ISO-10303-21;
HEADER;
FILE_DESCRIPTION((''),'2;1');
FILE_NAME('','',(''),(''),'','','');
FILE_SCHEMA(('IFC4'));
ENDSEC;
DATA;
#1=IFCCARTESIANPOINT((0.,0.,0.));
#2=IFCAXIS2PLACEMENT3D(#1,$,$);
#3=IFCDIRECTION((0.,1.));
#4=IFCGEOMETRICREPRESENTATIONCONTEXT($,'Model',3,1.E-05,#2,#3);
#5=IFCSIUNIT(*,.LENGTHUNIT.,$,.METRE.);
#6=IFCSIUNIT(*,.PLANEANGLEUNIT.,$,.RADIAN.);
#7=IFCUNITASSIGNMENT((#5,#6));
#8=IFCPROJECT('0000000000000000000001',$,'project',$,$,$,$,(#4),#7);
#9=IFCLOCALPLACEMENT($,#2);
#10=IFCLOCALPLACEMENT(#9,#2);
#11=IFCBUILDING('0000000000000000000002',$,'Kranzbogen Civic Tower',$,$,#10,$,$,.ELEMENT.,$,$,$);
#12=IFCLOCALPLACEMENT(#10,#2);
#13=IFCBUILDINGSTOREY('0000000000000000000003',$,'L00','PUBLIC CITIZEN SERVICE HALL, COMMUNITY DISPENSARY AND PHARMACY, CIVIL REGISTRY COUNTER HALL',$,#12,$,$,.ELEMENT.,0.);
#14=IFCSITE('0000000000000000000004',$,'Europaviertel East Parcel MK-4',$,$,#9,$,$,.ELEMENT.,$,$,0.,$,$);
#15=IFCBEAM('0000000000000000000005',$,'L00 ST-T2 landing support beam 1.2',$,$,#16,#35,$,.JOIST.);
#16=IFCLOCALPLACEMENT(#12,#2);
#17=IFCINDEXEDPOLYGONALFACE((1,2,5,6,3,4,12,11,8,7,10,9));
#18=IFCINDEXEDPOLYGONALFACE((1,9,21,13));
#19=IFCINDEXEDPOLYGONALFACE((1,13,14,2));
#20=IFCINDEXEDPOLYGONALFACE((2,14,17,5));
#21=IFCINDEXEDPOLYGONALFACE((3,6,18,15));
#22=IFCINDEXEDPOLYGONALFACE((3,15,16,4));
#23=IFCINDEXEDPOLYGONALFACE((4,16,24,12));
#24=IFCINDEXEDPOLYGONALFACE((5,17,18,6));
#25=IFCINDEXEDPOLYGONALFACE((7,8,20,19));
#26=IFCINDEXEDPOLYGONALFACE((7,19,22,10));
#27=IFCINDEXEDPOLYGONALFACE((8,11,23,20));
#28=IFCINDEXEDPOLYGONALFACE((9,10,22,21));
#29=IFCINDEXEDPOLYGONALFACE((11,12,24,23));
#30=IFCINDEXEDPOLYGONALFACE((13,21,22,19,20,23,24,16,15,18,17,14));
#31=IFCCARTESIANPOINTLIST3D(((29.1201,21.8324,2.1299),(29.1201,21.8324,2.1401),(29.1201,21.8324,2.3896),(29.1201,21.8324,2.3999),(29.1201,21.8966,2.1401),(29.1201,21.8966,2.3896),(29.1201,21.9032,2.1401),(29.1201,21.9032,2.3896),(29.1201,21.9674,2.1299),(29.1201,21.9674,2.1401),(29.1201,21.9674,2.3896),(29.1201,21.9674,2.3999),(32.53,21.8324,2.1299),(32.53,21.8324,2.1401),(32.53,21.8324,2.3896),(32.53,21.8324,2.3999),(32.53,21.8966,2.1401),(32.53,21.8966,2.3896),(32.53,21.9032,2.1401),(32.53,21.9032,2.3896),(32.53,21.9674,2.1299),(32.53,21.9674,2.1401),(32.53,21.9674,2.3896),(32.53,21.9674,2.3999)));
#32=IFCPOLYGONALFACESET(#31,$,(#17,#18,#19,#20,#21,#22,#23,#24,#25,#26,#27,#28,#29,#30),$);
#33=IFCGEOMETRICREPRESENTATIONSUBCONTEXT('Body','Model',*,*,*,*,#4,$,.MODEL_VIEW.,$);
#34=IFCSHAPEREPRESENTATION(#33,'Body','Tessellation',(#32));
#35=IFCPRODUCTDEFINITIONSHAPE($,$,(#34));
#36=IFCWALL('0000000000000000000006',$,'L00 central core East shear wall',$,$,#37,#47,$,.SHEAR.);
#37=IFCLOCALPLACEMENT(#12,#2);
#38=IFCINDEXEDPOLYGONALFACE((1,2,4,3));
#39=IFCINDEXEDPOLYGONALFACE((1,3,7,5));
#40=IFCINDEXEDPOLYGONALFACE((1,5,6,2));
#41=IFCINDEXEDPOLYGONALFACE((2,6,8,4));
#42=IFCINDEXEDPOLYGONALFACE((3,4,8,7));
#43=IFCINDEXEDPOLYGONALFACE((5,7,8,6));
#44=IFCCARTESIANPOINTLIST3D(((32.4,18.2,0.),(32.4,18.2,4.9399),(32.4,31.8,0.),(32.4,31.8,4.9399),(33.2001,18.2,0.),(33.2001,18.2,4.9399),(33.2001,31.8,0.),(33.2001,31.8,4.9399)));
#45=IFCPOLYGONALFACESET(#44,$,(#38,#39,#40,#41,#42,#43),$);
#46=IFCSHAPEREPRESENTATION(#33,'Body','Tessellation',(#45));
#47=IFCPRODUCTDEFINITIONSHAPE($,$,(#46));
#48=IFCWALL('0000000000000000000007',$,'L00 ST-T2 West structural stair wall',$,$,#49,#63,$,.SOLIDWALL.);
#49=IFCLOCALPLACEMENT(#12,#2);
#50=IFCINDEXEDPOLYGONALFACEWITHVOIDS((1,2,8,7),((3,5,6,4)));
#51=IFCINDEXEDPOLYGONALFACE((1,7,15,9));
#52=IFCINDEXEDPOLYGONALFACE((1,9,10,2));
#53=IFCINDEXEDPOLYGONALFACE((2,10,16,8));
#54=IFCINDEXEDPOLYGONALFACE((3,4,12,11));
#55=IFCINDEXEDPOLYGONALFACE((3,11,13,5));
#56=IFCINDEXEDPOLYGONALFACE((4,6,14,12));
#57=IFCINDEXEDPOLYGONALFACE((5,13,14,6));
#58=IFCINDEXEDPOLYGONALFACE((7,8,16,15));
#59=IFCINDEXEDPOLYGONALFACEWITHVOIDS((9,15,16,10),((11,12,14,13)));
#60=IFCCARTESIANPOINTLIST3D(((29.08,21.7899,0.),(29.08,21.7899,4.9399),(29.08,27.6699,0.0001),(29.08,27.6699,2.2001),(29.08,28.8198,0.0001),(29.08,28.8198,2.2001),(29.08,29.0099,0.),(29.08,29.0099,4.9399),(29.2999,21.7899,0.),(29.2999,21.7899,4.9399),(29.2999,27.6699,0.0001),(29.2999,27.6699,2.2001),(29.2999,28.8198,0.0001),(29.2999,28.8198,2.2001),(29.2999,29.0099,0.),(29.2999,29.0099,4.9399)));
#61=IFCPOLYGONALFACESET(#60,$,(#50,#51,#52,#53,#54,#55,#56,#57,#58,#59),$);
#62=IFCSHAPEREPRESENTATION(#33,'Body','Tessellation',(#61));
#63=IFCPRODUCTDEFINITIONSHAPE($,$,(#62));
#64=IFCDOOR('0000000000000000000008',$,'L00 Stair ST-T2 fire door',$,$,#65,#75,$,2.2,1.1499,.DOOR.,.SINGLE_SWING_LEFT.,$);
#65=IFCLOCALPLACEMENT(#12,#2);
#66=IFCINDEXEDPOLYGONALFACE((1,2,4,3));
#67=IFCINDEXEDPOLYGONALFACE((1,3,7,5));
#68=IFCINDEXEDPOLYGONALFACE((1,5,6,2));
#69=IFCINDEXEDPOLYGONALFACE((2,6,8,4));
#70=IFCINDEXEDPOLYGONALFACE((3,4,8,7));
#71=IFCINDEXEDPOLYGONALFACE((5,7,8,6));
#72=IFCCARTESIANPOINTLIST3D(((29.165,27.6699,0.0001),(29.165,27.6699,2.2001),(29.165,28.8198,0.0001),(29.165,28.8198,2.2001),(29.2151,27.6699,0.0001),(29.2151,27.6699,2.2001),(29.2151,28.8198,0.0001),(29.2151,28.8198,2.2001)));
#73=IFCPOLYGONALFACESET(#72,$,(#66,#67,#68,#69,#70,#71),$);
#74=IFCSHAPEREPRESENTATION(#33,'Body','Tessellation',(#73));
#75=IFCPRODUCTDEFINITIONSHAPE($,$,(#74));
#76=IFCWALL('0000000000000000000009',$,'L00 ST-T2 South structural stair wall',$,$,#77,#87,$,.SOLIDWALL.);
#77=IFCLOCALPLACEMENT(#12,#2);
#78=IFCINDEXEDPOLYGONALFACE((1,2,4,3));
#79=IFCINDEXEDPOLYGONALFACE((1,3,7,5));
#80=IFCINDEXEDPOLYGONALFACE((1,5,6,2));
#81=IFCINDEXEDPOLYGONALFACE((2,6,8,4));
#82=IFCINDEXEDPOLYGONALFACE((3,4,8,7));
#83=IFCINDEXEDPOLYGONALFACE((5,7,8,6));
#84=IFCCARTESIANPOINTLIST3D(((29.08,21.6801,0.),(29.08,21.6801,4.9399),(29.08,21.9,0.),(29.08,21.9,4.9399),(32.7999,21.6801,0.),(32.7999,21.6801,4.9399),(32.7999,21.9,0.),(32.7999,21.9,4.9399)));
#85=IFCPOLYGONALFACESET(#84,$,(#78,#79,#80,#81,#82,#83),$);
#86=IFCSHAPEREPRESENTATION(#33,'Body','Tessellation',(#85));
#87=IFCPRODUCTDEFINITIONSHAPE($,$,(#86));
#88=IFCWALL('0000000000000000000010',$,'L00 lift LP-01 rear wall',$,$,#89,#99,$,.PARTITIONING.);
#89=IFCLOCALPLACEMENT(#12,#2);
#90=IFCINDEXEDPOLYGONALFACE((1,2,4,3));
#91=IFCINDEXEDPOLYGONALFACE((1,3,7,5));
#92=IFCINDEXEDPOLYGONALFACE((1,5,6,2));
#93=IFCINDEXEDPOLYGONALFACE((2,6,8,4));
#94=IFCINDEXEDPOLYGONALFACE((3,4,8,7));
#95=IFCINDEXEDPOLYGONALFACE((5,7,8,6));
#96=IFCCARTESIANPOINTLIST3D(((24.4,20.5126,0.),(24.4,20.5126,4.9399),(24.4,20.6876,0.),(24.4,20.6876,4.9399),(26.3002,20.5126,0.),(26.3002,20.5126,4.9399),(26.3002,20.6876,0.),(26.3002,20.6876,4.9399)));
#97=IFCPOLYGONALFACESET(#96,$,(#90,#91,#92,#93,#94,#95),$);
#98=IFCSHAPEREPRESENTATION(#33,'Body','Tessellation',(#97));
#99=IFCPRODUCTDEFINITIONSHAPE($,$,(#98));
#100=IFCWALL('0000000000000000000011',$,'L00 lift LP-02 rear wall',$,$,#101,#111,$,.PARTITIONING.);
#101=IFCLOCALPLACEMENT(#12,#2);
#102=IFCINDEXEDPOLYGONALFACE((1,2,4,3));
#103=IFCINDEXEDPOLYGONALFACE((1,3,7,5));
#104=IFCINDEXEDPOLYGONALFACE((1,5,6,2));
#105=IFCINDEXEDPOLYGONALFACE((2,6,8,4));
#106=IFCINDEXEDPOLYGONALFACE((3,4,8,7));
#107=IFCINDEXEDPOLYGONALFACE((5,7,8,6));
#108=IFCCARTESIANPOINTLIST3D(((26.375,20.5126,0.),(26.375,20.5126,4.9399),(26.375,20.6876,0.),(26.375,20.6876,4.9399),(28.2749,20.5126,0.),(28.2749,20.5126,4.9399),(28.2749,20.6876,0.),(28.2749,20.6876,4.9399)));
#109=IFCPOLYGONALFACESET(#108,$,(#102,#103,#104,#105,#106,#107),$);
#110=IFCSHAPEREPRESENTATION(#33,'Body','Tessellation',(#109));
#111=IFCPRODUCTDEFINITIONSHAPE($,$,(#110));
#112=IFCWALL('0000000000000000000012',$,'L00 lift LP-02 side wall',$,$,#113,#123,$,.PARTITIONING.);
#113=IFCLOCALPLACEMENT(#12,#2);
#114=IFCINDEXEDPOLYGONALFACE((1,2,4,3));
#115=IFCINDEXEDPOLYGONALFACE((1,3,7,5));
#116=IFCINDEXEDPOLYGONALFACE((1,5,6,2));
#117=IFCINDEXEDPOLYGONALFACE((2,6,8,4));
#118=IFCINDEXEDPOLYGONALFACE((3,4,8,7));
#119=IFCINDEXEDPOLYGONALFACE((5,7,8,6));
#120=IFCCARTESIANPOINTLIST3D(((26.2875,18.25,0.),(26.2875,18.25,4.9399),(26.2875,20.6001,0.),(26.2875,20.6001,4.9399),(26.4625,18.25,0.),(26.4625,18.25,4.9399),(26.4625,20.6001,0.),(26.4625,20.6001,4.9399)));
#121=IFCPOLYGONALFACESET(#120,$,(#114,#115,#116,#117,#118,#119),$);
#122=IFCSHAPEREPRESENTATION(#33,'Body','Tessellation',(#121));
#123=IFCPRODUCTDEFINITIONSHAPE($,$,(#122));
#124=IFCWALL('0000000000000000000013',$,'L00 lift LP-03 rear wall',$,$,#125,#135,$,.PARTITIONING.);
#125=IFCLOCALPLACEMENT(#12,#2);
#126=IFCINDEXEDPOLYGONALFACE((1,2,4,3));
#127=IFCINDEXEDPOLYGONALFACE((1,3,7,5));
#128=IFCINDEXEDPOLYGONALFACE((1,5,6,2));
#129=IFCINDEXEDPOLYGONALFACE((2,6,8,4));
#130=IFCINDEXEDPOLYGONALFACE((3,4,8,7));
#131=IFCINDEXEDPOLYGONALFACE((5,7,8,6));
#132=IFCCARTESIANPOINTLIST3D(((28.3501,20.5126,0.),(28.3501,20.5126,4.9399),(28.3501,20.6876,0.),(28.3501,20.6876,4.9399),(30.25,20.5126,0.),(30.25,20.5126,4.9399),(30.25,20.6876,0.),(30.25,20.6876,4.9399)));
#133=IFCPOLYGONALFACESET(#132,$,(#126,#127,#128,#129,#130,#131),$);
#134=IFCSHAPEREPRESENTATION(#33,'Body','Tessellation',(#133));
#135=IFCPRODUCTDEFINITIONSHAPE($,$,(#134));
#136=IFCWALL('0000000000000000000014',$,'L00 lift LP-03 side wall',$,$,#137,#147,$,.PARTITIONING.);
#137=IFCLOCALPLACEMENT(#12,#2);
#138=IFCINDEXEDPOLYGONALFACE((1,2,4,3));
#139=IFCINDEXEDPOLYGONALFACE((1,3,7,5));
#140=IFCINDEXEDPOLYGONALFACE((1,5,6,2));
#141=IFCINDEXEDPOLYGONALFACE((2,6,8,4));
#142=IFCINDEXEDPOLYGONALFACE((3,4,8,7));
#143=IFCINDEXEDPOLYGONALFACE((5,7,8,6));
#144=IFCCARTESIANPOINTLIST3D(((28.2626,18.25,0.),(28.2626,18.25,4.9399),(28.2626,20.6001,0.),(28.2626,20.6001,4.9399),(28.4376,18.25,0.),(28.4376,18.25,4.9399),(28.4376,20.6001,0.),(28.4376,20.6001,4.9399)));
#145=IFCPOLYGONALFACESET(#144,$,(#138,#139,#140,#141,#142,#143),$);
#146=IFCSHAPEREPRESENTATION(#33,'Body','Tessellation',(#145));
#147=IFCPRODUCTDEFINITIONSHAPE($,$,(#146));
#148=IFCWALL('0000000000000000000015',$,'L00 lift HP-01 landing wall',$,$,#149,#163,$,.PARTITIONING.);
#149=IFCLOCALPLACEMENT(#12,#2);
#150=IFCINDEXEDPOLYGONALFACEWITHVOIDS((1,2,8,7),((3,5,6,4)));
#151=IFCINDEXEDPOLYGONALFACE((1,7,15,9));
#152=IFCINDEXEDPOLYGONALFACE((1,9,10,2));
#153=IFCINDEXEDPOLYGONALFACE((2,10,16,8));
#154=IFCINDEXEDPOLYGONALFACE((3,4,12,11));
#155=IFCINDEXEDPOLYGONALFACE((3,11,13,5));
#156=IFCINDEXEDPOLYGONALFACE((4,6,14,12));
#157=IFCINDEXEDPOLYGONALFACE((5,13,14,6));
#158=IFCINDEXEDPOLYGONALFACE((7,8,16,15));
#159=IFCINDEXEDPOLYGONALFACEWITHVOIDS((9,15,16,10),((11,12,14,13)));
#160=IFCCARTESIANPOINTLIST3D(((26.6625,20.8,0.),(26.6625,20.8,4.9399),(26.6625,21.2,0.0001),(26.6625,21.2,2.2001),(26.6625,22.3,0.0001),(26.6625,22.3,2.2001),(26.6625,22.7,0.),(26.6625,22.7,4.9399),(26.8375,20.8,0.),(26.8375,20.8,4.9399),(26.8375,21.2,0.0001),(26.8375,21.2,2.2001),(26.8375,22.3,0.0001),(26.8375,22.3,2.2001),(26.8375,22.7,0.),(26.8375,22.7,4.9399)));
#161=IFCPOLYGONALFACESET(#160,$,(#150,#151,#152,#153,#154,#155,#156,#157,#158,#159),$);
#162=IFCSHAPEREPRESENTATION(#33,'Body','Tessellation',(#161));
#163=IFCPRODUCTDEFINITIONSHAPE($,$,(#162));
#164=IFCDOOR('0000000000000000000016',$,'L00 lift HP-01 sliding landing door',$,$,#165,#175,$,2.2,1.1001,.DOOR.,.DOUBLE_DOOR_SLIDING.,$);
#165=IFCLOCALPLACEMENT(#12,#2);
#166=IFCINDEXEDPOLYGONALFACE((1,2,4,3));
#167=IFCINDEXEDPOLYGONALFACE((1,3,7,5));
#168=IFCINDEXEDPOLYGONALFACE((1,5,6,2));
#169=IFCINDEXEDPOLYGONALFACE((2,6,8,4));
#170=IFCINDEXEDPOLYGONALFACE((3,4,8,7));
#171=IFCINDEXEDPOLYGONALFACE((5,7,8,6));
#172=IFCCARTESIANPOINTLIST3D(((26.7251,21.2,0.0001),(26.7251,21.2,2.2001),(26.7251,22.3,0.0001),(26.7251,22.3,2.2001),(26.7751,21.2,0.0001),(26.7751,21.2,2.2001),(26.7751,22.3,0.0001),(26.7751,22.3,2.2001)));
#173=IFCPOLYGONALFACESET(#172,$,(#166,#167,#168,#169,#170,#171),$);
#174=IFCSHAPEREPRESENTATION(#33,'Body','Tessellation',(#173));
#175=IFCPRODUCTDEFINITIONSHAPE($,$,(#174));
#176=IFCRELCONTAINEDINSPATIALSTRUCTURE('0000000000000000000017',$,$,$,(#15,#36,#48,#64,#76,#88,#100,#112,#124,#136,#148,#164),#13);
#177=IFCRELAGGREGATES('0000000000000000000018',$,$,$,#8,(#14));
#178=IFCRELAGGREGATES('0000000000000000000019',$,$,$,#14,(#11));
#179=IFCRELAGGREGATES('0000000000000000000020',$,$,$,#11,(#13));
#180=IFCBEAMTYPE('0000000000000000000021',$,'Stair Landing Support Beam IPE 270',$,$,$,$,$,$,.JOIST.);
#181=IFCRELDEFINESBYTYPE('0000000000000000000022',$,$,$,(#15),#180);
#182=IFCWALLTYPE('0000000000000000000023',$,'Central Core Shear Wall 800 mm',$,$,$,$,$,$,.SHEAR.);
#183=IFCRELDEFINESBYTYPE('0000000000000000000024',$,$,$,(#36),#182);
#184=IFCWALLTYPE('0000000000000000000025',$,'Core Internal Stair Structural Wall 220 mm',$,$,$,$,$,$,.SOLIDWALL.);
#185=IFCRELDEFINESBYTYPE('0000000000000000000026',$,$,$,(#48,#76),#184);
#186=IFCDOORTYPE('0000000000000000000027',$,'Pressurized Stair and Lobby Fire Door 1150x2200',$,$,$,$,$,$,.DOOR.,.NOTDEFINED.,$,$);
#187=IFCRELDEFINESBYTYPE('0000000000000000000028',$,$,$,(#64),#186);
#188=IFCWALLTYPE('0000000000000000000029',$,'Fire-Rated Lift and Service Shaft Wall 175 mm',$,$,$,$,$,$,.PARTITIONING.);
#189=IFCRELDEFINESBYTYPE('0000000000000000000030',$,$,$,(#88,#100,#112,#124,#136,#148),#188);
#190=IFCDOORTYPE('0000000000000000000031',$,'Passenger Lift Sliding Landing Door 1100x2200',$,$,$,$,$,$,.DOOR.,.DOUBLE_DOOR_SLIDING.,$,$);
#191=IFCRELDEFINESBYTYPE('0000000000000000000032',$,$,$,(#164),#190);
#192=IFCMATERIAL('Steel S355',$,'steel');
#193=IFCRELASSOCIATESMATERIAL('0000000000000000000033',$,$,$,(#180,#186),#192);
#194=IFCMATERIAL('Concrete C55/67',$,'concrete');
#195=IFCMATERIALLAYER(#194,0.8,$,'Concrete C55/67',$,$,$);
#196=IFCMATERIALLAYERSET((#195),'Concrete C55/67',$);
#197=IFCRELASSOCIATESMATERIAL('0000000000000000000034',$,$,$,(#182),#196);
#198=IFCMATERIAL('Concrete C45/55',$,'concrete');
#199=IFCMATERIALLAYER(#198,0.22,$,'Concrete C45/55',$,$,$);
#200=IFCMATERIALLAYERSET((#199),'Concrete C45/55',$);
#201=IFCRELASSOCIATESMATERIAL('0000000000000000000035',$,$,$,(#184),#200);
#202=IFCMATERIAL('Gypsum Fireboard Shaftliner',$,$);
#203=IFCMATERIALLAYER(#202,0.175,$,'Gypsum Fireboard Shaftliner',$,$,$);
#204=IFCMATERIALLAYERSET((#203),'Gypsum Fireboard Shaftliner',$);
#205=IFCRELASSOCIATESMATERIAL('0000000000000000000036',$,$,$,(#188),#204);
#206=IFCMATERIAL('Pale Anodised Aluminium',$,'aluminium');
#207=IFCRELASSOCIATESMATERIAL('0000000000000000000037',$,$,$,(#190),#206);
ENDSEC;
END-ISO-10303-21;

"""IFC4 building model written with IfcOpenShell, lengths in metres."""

from ifc_helpers import new_model, si_unit, direction, frame, frame_2d, origin, origin_2d, place, context, subcontext, project, spatial, rectangle, i_section, extrude, material, layer, layer_set, material_profile, profile_set, type_object, element, fill, save


model = new_model("IFC4")

# Units and contexts
model_context = context("Model", 3, precision=1e-05, world=origin(), true_north=direction((0.0, 1.0)))
body_context = subcontext(model_context, "Body", "Model", "MODEL_VIEW")
ifc_project = project(units=[si_unit("LENGTHUNIT", "METRE"), si_unit("PLANEANGLEUNIT", "RADIAN")], contexts=[model_context])

# Site, building, storey
site_placement = place(None, origin())
site = spatial("IfcSite", under=ifc_project, at=site_placement, Name="Europaviertel East Parcel MK-4", CompositionType="ELEMENT", RefElevation=0.0)
building_placement = place(site_placement, origin())
building = spatial("IfcBuilding", under=site, at=building_placement, Name="Kranzbogen Civic Tower", CompositionType="ELEMENT")
storey_placement = place(building_placement, origin())
storey = spatial("IfcBuildingStorey", under=building, at=storey_placement, Name="L00", Description="PUBLIC CITIZEN SERVICE HALL, COMMUNITY DISPENSARY AND PHARMACY, CIVIL REGISTRY COUNTER HALL", CompositionType="ELEMENT", Elevation=0.0)

# Beam
ifc_material_1 = material(Name="Steel S355", Category="steel")
ifc_material_profile = material_profile(ifc_material_1, i_section(OverallWidth=0.135, OverallDepth=0.27, WebThickness=0.0066, FlangeThickness=0.0103, at=origin_2d()), Name="IPE 270")
ifc_profile_set = profile_set([ifc_material_profile], Name="Steel S355")
beam_type = type_object("IfcBeamType", Name="Stair Landing Support Beam IPE 270", PredefinedType="JOIST", material=ifc_profile_set)
beam_placement = place(storey_placement, frame((29.1201, 21.8999, 2.2649), z_axis=(1.0, 0.0, 0.0), x_axis=(0.0, 1.0, 0.0)))
element("IfcBeam", 1, at=beam_placement, inside=storey, type_object=beam_type, Name="L00 ST-T2 landing support beam 1.2", PredefinedType="JOIST", context=body_context, shape_type="SweptSolid", body=[
    extrude(i_section(OverallWidth=0.135, OverallDepth=0.27, WebThickness=0.0066, FlangeThickness=0.0103, at=origin_2d()), origin(), (0.0, 0.0, 1.0), 3.4099),
])

# Wall
ifc_material_2 = material(Name="Concrete C55/67", Category="concrete")
ifc_layer_1 = layer(ifc_material_2, 0.8, Name="Concrete C55/67")
ifc_layer_set_1 = layer_set([ifc_layer_1], Name="Concrete C55/67")
wall_type_1 = type_object("IfcWallType", Name="Central Core Shear Wall 800 mm", PredefinedType="SHEAR", material=ifc_layer_set_1)
wall_1_placement = place(storey_placement, frame((32.8, 18.2, 0.0), z_axis=(0.0, 0.0, 1.0), x_axis=(0.0, 1.0, 0.0)))
element("IfcWall", 2, at=wall_1_placement, inside=storey, type_object=wall_type_1, Name="L00 central core East shear wall", PredefinedType="SHEAR", context=body_context, shape_type="SweptSolid", body=[
    extrude(rectangle(XDim=13.6001, YDim=0.8, at=frame_2d((6.8, 0.0))), origin(), (0.0, 0.0, 1.0), 4.9399),
])

# Wall, opening, door
ifc_material_3 = material(Name="Concrete C45/55", Category="concrete")
ifc_layer_2 = layer(ifc_material_3, 0.22, Name="Concrete C45/55")
ifc_layer_set_2 = layer_set([ifc_layer_2], Name="Concrete C45/55")
wall_type_2 = type_object("IfcWallType", Name="Core Internal Stair Structural Wall 220 mm", PredefinedType="SOLIDWALL", material=ifc_layer_set_2)
wall_2_placement = place(storey_placement, frame((29.1899, 21.79, 0.0), z_axis=(0.0, 0.0, 1.0), x_axis=(0.0, 1.0, 0.0)))
wall_2 = element("IfcWall", 3, at=wall_2_placement, inside=storey, type_object=wall_type_2, Name="L00 ST-T2 West structural stair wall", PredefinedType="SOLIDWALL", context=body_context, shape_type="SweptSolid", body=[
    extrude(rectangle(XDim=7.22, YDim=0.22, at=frame_2d((3.6099, 0.0))), origin(), (0.0, 0.0, 1.0), 4.9399),
])
opening_1_placement = place(wall_2_placement, frame((5.8799, 0.0, 0.0)))
opening_1 = element("IfcOpeningElement", 4, at=opening_1_placement, cuts=wall_2, PredefinedType="OPENING", context=body_context, shape_type="SweptSolid", body=[
    extrude(rectangle(XDim=1.1499, YDim=2.2, at=frame_2d((0.575, 1.1001))), frame((0.0, 0.1201, 0.0), z_axis=(0.0, -1.0, 0.0), x_axis=(1.0, 0.0, 0.0)), (0.0, 0.0, 1.0), 0.24),
])
door_type_1 = type_object("IfcDoorType", Name="Pressurized Stair and Lobby Fire Door 1150x2200", OperationType="NOTDEFINED", PredefinedType="DOOR", material=ifc_material_1)
door_1_placement = place(opening_1_placement, origin())
door_1 = element("IfcDoor", 5, at=door_1_placement, inside=storey, type_object=door_type_1, Name="L00 Stair ST-T2 fire door", OperationType="SINGLE_SWING_LEFT", OverallHeight=2.2, OverallWidth=1.1499, PredefinedType="DOOR", context=body_context, shape_type="SweptSolid", body=[
    extrude(rectangle(XDim=1.1499, YDim=2.2, at=frame_2d((0.575, 1.1001))), frame((0.0, 0.0249, 0.0), z_axis=(0.0, -1.0, 0.0), x_axis=(1.0, 0.0, 0.0)), (0.0, 0.0, 1.0), 0.05),
])
fill(opening_1, door_1)

# Walls
wall_3_placement = place(storey_placement, frame((29.0801, 21.79, 0.0), z_axis=(0.0, 0.0, 1.0), x_axis=(1.0, 0.0, 0.0)))
element("IfcWall", 6, at=wall_3_placement, inside=storey, type_object=wall_type_2, Name="L00 ST-T2 South structural stair wall", PredefinedType="SOLIDWALL", context=body_context, shape_type="SweptSolid", body=[
    extrude(rectangle(XDim=3.72, YDim=0.22, at=frame_2d((1.8599, 0.0))), origin(), (0.0, 0.0, 1.0), 4.9399),
])
ifc_material_4 = material(Name="Gypsum Fireboard Shaftliner")
ifc_layer_3 = layer(ifc_material_4, 0.175, Name="Gypsum Fireboard Shaftliner")
ifc_layer_set_3 = layer_set([ifc_layer_3], Name="Gypsum Fireboard Shaftliner")
wall_type_3 = type_object("IfcWallType", Name="Fire-Rated Lift and Service Shaft Wall 175 mm", PredefinedType="PARTITIONING", material=ifc_layer_set_3)
wall_4_placement = place(storey_placement, frame((24.3999, 20.6001, 0.0), z_axis=(0.0, 0.0, 1.0), x_axis=(1.0, 0.0, 0.0)))
element("IfcWall", 7, at=wall_4_placement, inside=storey, type_object=wall_type_3, Name="L00 lift LP-01 rear wall", PredefinedType="PARTITIONING", context=body_context, shape_type="SweptSolid", body=[
    extrude(rectangle(XDim=1.9001, YDim=0.175, at=frame_2d((0.9502, 0.0))), origin(), (0.0, 0.0, 1.0), 4.9399),
])
wall_5_placement = place(storey_placement, frame((26.375, 20.6001, 0.0), z_axis=(0.0, 0.0, 1.0), x_axis=(1.0, 0.0, 0.0)))
element("IfcWall", 8, at=wall_5_placement, inside=storey, type_object=wall_type_3, Name="L00 lift LP-02 rear wall", PredefinedType="PARTITIONING", context=body_context, shape_type="SweptSolid", body=[
    extrude(rectangle(XDim=1.8999, YDim=0.175, at=frame_2d((0.95, 0.0))), origin(), (0.0, 0.0, 1.0), 4.9399),
])
wall_6_placement = place(storey_placement, frame((26.375, 18.25, 0.0), z_axis=(0.0, 0.0, 1.0), x_axis=(0.0, 1.0, 0.0)))
element("IfcWall", 9, at=wall_6_placement, inside=storey, type_object=wall_type_3, Name="L00 lift LP-02 side wall", PredefinedType="PARTITIONING", context=body_context, shape_type="SweptSolid", body=[
    extrude(rectangle(XDim=2.3501, YDim=0.175, at=frame_2d((1.175, 0.0))), origin(), (0.0, 0.0, 1.0), 4.9399),
])
wall_7_placement = place(storey_placement, frame((28.3501, 20.6001, 0.0), z_axis=(0.0, 0.0, 1.0), x_axis=(1.0, 0.0, 0.0)))
element("IfcWall", 10, at=wall_7_placement, inside=storey, type_object=wall_type_3, Name="L00 lift LP-03 rear wall", PredefinedType="PARTITIONING", context=body_context, shape_type="SweptSolid", body=[
    extrude(rectangle(XDim=1.8999, YDim=0.175, at=frame_2d((0.95, 0.0))), origin(), (0.0, 0.0, 1.0), 4.9399),
])
wall_8_placement = place(storey_placement, frame((28.3501, 18.25, 0.0), z_axis=(0.0, 0.0, 1.0), x_axis=(0.0, 1.0, 0.0)))
element("IfcWall", 11, at=wall_8_placement, inside=storey, type_object=wall_type_3, Name="L00 lift LP-03 side wall", PredefinedType="PARTITIONING", context=body_context, shape_type="SweptSolid", body=[
    extrude(rectangle(XDim=2.3501, YDim=0.175, at=frame_2d((1.175, 0.0))), origin(), (0.0, 0.0, 1.0), 4.9399),
])

# Wall, opening, door
wall_9_placement = place(storey_placement, frame((26.75, 20.8, 0.0), z_axis=(0.0, 0.0, 1.0), x_axis=(0.0, 1.0, 0.0)))
wall_9 = element("IfcWall", 12, at=wall_9_placement, inside=storey, type_object=wall_type_3, Name="L00 lift HP-01 landing wall", PredefinedType="PARTITIONING", context=body_context, shape_type="SweptSolid", body=[
    extrude(rectangle(XDim=1.8999, YDim=0.175, at=frame_2d((0.95, 0.0))), origin(), (0.0, 0.0, 1.0), 4.9399),
])
opening_2_placement = place(wall_9_placement, frame((0.3999, 0.0, 0.0)))
opening_2 = element("IfcOpeningElement", 13, at=opening_2_placement, cuts=wall_9, PredefinedType="OPENING", context=body_context, shape_type="SweptSolid", body=[
    extrude(rectangle(XDim=1.1001, YDim=2.2, at=frame_2d((0.55, 1.1001))), frame((0.0, 0.0977, 0.0), z_axis=(0.0, -1.0, 0.0), x_axis=(1.0, 0.0, 0.0)), (0.0, 0.0, 1.0), 0.1951),
])
ifc_material_5 = material(Name="Pale Anodised Aluminium", Category="aluminium")
door_type_2 = type_object("IfcDoorType", Name="Passenger Lift Sliding Landing Door 1100x2200", OperationType="DOUBLE_DOOR_SLIDING", PredefinedType="DOOR", material=ifc_material_5)
door_2_placement = place(opening_2_placement, origin())
door_2 = element("IfcDoor", 14, at=door_2_placement, inside=storey, type_object=door_type_2, Name="L00 lift HP-01 sliding landing door", OperationType="DOUBLE_DOOR_SLIDING", OverallHeight=2.2, OverallWidth=1.1001, PredefinedType="DOOR", context=body_context, shape_type="SweptSolid", body=[
    extrude(rectangle(XDim=1.1001, YDim=2.2, at=frame_2d((0.55, 1.1001))), frame((0.0, 0.0249, 0.0), z_axis=(0.0, -1.0, 0.0), x_axis=(1.0, 0.0, 0.0)), (0.0, 0.0, 1.0), 0.05),
])
fill(opening_2, door_2)

save(model, "model.ifc")
